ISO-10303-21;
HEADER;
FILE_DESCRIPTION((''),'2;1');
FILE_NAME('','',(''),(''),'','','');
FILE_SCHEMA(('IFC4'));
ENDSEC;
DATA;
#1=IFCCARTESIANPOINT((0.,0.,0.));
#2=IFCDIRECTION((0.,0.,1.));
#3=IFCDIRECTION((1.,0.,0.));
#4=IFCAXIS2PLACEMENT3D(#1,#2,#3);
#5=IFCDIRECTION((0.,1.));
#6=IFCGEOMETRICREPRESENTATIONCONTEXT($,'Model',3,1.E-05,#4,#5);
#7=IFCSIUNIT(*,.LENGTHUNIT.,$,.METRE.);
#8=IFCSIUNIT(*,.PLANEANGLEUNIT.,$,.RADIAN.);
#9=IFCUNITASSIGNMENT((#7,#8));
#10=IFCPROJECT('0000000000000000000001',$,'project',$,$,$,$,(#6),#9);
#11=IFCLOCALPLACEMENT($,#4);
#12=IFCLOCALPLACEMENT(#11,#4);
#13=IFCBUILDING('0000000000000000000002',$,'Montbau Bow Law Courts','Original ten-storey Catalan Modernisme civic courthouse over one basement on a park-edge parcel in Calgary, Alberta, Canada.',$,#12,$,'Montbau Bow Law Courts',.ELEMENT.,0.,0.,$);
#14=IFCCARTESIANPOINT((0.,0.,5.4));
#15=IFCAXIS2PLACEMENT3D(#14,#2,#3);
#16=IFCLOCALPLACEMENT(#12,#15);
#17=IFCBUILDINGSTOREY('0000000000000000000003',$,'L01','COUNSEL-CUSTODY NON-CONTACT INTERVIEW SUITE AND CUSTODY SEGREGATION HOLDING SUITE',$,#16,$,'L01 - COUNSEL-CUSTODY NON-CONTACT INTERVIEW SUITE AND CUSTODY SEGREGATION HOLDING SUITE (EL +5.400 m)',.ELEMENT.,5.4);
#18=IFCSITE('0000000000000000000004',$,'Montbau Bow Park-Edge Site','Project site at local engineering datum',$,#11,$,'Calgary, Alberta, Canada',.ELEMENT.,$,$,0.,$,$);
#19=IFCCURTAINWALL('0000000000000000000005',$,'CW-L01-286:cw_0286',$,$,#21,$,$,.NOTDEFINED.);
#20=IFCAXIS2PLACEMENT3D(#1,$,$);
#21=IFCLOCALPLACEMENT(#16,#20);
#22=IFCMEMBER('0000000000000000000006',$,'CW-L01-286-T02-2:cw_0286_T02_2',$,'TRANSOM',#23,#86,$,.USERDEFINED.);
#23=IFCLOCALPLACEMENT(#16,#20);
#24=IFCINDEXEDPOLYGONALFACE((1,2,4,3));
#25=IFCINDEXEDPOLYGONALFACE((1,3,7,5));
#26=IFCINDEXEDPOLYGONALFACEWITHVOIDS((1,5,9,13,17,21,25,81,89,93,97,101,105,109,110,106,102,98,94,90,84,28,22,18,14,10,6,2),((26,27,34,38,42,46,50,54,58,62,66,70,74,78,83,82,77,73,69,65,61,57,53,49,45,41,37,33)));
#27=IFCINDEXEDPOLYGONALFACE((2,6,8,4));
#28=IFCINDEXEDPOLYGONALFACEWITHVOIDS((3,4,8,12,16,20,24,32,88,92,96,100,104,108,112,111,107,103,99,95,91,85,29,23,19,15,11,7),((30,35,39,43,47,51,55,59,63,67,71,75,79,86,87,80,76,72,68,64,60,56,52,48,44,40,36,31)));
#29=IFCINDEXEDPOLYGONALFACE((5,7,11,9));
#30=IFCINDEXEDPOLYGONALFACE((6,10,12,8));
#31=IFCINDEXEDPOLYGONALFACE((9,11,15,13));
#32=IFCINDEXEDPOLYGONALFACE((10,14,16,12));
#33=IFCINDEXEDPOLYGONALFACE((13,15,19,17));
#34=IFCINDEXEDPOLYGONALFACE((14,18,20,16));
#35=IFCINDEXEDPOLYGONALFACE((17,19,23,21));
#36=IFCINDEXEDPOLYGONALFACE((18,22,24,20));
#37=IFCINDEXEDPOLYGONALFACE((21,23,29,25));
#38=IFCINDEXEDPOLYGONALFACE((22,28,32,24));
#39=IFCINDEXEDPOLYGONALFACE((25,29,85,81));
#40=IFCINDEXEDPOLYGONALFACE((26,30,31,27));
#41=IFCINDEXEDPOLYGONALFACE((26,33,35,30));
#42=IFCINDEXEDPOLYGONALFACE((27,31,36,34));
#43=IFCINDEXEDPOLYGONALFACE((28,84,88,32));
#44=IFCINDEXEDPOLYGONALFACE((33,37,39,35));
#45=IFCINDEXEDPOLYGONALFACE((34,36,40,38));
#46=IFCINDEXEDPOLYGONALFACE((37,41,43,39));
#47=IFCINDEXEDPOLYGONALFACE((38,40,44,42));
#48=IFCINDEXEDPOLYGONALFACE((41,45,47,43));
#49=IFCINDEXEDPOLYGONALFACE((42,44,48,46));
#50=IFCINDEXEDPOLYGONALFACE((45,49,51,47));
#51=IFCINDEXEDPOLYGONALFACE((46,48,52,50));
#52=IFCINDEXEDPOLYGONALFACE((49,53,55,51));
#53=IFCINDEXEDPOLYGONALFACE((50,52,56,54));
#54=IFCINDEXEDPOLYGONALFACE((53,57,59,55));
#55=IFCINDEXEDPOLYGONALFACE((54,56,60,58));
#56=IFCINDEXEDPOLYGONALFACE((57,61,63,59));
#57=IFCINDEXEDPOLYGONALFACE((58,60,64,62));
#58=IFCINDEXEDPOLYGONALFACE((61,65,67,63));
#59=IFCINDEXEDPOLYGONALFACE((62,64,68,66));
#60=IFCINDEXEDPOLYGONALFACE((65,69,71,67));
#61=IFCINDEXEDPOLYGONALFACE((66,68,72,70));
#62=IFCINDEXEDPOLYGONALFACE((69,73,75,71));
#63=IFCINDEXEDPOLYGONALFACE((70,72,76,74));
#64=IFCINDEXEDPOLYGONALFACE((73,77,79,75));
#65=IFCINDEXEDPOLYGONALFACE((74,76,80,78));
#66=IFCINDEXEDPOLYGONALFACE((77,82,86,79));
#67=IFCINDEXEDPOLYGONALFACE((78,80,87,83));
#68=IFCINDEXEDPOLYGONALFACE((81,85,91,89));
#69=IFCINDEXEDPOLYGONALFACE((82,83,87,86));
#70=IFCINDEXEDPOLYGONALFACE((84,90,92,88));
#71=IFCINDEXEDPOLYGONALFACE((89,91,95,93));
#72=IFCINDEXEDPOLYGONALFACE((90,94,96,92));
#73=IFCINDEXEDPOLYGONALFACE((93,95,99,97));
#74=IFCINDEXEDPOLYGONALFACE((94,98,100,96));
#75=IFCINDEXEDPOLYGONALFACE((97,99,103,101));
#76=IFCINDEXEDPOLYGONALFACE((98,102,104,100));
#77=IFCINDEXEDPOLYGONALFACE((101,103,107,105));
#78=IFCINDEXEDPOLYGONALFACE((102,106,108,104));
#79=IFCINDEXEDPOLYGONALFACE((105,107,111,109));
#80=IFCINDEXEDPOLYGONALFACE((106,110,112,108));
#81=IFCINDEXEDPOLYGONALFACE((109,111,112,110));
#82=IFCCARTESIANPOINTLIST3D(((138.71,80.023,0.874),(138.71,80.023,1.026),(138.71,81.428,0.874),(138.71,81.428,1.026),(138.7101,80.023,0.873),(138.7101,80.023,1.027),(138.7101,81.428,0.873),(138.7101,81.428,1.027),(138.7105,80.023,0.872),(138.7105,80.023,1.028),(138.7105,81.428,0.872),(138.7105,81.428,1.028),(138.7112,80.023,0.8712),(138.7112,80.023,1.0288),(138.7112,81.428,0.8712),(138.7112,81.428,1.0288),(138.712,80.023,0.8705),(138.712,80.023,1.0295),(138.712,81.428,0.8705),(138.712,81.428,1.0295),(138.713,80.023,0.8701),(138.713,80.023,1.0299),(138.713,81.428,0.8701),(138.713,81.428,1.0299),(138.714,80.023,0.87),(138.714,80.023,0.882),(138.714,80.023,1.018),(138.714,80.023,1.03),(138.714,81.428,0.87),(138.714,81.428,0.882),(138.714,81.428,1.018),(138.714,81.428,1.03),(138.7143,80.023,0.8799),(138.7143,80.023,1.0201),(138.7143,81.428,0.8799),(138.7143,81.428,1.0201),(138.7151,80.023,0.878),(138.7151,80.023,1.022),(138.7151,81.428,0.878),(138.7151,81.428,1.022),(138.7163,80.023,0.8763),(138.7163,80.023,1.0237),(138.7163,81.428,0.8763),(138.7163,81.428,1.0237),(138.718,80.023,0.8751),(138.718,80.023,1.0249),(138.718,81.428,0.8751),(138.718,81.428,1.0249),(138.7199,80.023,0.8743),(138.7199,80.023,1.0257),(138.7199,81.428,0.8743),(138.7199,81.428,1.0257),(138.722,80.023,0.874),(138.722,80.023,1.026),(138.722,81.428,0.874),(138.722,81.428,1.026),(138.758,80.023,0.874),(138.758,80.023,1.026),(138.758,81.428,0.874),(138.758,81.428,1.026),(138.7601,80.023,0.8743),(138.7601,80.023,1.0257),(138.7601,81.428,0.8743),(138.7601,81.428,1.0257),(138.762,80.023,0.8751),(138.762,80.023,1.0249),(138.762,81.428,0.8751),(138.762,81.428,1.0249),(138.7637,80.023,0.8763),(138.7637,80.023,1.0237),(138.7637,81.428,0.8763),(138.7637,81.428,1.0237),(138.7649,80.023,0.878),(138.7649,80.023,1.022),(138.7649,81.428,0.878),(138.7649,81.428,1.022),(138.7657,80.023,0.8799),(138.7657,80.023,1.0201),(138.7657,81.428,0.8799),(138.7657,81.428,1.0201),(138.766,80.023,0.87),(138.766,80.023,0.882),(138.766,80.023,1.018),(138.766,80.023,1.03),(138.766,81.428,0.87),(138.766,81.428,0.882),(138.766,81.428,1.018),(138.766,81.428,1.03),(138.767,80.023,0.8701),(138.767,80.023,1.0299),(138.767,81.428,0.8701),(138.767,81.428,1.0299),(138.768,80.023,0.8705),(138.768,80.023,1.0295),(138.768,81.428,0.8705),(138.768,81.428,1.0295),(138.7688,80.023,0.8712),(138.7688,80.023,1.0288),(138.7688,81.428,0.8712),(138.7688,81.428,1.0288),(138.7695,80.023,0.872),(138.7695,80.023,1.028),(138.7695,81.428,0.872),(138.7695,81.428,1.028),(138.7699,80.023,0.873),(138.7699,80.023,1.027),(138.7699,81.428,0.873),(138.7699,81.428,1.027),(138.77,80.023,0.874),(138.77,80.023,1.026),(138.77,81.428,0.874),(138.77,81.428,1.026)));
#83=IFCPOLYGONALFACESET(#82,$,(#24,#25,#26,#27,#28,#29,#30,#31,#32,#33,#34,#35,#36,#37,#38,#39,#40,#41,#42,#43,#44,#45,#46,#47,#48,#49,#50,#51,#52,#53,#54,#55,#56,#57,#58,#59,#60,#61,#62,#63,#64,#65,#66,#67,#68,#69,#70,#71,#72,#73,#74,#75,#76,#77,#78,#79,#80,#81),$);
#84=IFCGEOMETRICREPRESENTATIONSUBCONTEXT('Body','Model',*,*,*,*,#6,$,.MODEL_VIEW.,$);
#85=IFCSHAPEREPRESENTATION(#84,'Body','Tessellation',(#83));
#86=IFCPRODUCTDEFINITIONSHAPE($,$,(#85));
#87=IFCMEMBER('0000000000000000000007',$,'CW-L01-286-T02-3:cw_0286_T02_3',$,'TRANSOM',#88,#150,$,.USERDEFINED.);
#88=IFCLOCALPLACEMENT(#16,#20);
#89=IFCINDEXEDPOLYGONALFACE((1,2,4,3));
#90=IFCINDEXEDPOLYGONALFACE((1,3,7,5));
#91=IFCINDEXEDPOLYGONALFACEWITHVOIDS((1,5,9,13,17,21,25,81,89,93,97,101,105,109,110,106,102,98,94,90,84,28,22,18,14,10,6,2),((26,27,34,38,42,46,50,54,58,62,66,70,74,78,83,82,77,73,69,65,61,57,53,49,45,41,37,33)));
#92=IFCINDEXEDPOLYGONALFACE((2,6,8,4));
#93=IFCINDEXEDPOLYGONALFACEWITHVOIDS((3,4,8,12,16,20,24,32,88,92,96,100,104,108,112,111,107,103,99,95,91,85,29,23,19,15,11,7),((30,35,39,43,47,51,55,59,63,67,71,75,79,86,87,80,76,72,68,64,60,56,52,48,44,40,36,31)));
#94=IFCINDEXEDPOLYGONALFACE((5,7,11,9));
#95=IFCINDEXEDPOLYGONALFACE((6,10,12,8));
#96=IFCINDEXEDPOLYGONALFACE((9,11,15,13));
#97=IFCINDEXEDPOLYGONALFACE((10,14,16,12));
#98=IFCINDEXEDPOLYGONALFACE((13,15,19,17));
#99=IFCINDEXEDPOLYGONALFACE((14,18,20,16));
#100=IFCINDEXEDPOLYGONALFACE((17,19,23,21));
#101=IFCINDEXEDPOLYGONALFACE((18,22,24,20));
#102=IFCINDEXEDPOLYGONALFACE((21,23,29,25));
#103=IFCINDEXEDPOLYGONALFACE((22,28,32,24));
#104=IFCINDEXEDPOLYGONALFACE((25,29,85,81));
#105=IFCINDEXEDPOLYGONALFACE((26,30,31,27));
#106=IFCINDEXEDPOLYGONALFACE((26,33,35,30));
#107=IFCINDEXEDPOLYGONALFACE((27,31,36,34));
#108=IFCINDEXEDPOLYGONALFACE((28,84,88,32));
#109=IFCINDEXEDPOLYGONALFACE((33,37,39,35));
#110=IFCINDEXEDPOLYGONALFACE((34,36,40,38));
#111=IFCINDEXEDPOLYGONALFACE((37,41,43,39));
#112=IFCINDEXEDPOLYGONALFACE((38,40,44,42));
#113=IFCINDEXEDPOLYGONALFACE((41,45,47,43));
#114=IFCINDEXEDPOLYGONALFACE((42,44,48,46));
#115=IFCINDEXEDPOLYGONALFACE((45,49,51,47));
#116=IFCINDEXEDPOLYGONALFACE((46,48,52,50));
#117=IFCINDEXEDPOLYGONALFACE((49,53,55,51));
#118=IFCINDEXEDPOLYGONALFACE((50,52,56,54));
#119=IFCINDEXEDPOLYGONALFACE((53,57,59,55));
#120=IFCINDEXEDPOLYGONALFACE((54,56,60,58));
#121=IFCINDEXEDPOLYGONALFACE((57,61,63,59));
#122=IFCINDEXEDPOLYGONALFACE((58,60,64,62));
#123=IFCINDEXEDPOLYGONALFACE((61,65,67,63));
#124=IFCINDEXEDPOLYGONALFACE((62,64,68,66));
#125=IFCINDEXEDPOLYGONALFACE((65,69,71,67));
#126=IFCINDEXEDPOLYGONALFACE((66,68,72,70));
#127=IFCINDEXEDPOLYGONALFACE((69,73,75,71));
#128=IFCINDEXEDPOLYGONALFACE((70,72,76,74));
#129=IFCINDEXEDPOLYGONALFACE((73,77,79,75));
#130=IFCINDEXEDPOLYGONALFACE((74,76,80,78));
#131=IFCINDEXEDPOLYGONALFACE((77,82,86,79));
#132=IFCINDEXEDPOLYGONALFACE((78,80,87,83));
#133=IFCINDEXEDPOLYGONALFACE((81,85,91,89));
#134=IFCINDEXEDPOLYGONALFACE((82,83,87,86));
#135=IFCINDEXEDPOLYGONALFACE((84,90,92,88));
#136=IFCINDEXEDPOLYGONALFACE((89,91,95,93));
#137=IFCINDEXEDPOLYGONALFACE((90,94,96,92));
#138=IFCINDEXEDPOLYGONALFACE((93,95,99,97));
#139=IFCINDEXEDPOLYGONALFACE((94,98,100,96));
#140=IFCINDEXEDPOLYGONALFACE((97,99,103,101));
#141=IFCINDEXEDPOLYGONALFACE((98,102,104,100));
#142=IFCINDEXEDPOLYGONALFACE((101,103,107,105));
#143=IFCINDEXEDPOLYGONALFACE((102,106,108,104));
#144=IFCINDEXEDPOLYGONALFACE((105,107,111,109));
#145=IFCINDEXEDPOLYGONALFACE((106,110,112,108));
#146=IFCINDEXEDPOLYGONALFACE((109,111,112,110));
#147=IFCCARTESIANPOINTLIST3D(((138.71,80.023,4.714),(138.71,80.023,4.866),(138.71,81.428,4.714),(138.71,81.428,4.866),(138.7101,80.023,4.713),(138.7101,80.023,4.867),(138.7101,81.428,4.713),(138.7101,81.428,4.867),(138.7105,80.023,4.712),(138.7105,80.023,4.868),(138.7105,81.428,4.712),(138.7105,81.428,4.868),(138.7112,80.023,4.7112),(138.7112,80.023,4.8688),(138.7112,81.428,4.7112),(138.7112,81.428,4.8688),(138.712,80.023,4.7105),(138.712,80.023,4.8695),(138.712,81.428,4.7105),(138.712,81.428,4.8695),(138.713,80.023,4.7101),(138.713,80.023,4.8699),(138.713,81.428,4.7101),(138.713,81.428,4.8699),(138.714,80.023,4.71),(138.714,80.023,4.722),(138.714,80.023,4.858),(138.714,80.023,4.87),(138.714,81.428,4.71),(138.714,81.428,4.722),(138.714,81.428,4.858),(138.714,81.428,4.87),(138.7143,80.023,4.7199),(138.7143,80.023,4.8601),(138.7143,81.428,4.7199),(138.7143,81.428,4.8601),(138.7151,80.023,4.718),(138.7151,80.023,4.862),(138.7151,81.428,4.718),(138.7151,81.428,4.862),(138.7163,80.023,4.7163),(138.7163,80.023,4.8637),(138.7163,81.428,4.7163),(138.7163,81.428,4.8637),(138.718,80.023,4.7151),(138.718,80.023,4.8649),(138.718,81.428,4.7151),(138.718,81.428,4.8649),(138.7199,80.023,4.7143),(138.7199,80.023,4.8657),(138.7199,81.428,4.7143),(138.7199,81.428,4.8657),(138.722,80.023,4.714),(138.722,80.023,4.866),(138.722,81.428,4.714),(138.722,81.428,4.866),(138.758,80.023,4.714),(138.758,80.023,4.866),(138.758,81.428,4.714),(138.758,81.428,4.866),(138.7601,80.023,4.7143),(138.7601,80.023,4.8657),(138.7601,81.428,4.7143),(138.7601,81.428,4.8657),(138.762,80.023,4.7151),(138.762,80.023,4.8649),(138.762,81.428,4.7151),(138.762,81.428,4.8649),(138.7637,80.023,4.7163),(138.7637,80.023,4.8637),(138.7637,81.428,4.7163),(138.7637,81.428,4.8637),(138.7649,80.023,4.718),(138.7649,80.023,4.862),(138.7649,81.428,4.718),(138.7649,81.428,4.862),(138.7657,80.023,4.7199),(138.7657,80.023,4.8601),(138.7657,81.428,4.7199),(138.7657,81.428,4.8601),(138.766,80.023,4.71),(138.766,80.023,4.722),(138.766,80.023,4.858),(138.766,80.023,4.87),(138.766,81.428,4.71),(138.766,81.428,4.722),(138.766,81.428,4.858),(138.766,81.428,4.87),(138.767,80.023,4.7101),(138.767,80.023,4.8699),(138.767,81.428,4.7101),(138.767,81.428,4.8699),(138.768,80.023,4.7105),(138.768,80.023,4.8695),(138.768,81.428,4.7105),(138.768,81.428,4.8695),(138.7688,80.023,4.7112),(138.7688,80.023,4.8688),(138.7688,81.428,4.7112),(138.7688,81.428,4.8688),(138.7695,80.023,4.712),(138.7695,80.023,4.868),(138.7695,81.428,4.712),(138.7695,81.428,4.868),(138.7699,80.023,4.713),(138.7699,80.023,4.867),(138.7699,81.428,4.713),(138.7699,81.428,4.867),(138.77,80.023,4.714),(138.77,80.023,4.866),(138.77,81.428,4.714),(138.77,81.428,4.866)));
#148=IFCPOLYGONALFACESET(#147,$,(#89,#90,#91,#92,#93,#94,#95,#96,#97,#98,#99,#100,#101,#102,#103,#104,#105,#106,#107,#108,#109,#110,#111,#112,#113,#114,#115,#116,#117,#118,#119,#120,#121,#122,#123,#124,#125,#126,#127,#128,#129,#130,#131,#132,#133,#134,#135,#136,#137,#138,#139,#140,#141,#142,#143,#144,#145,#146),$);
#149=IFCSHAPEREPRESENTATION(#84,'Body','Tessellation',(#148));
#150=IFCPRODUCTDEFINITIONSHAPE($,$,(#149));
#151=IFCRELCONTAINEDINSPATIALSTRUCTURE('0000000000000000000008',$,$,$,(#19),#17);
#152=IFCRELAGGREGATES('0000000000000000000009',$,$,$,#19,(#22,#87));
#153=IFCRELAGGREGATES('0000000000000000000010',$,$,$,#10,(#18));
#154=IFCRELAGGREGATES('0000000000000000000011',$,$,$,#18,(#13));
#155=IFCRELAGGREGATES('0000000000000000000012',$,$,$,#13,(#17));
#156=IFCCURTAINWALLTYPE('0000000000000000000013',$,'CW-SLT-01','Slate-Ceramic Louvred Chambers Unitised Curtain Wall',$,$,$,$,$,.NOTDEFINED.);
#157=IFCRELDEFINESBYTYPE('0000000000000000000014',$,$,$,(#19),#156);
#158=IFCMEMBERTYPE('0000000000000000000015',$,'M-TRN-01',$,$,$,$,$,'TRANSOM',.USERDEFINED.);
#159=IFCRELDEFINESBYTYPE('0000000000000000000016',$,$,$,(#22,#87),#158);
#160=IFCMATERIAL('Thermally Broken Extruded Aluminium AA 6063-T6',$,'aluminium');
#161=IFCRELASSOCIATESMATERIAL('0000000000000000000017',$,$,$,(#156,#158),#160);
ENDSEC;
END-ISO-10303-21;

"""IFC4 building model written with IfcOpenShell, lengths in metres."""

from ifc_helpers import new_model, si_unit, direction, frame, origin_with_axes, origin_2d_with_axis, place, context, subcontext, project, spatial, hollow_rectangle, extrude, material, material_profile, profile_set, type_object, element, aggregate, save


model = new_model("IFC4")

# Units and contexts
model_context = context("Model", 3, precision=1e-05, world=origin_with_axes(), true_north=direction((0.0, 1.0)))
body_context = subcontext(model_context, "Body", "Model", "MODEL_VIEW")
ifc_project = project(units=[si_unit("LENGTHUNIT", "METRE"), si_unit("PLANEANGLEUNIT", "RADIAN")], contexts=[model_context])

# Site, building, storey
site_placement = place(None, origin_with_axes())
site = spatial("IfcSite", under=ifc_project, at=site_placement, Name="Montbau Bow Park-Edge Site", Description="Project site at local engineering datum", LongName="Calgary, Alberta, Canada", CompositionType="ELEMENT", RefElevation=0.0)
building_placement = place(site_placement, origin_with_axes())
building = spatial("IfcBuilding", under=site, at=building_placement, Name="Montbau Bow Law Courts", Description="Original ten-storey Catalan Modernisme civic courthouse over one basement on a park-edge parcel in Calgary, Alberta, Canada.", LongName="Montbau Bow Law Courts", CompositionType="ELEMENT", ElevationOfRefHeight=0.0, ElevationOfTerrain=0.0)
storey_placement = place(building_placement, frame((0.0, 0.0, 5.4), z_axis=(0.0, 0.0, 1.0), x_axis=(1.0, 0.0, 0.0)))
storey = spatial("IfcBuildingStorey", under=building, at=storey_placement, Name="L01", Description="COUNSEL-CUSTODY NON-CONTACT INTERVIEW SUITE AND CUSTODY SEGREGATION HOLDING SUITE", LongName="L01 - COUNSEL-CUSTODY NON-CONTACT INTERVIEW SUITE AND CUSTODY SEGREGATION HOLDING SUITE (EL +5.400 m)", CompositionType="ELEMENT", Elevation=5.4)

# Curtain wall, members
ifc_material_1 = material(Name="Thermally Broken Extruded Aluminium AA 6063-T6", Category="aluminium")
curtain_wall_type = type_object("IfcCurtainWallType", Name="CW-SLT-01", Description="Slate-Ceramic Louvred Chambers Unitised Curtain Wall", PredefinedType="NOTDEFINED", material=ifc_material_1)
curtain_wall_1_placement = place(None, frame((138.74, 78.515, 5.4), z_axis=(0.0, 0.0, 1.0), x_axis=(1.0, 0.0, 0.0)))
curtain_wall_1 = element("IfcCurtainWall", 1, at=curtain_wall_1_placement, inside=storey, type_object=curtain_wall_type, Name="CW-L01-286:cw_0286", PredefinedType="NOTDEFINED")
ifc_material_profile_1 = material_profile(ifc_material_1, hollow_rectangle(XDim=0.06, YDim=0.16, WallThickness=0.004, InnerFilletRadius=0.008, OuterFilletRadius=0.004, at=origin_2d_with_axis()), Name="CWT-160X60", Category="Main", Priority=0)
ifc_profile_set_1 = profile_set([ifc_material_profile_1], Name="Thermally Broken Extruded Aluminium AA 6063-T6")
member_type_1 = type_object("IfcMemberType", Name="M-TRN-01", ElementType="TRANSOM", PredefinedType="USERDEFINED", material=ifc_profile_set_1)
member_1_placement = place(None, frame((138.74, 80.023, 6.35), z_axis=(0.0, 1.0, 0.0), x_axis=(-1.0, 0.0, 0.0)))
member_1 = element("IfcMember", 2, at=member_1_placement, type_object=member_type_1, Name="CW-L01-286-T02-2:cw_0286_T02_2", ObjectType="TRANSOM", PredefinedType="USERDEFINED", context=body_context, shape_type="SweptSolid", body=[
    extrude(hollow_rectangle(XDim=0.06, YDim=0.16, WallThickness=0.004, InnerFilletRadius=0.008, OuterFilletRadius=0.004, at=origin_2d_with_axis()), origin_with_axes(), (0.0, 0.0, 1.0), 1.405),
])
member_2_placement = place(None, frame((138.74, 80.023, 10.19), z_axis=(0.0, 1.0, 0.0), x_axis=(-1.0, 0.0, 0.0)))
member_2 = element("IfcMember", 3, at=member_2_placement, type_object=member_type_1, Name="CW-L01-286-T02-3:cw_0286_T02_3", ObjectType="TRANSOM", PredefinedType="USERDEFINED", context=body_context, shape_type="SweptSolid", body=[
    extrude(hollow_rectangle(XDim=0.06, YDim=0.16, WallThickness=0.004, InnerFilletRadius=0.008, OuterFilletRadius=0.004, at=origin_2d_with_axis()), origin_with_axes(), (0.0, 0.0, 1.0), 1.405),
])

aggregate(curtain_wall_1, [member_1, member_2])

save(model, "model.ifc")
